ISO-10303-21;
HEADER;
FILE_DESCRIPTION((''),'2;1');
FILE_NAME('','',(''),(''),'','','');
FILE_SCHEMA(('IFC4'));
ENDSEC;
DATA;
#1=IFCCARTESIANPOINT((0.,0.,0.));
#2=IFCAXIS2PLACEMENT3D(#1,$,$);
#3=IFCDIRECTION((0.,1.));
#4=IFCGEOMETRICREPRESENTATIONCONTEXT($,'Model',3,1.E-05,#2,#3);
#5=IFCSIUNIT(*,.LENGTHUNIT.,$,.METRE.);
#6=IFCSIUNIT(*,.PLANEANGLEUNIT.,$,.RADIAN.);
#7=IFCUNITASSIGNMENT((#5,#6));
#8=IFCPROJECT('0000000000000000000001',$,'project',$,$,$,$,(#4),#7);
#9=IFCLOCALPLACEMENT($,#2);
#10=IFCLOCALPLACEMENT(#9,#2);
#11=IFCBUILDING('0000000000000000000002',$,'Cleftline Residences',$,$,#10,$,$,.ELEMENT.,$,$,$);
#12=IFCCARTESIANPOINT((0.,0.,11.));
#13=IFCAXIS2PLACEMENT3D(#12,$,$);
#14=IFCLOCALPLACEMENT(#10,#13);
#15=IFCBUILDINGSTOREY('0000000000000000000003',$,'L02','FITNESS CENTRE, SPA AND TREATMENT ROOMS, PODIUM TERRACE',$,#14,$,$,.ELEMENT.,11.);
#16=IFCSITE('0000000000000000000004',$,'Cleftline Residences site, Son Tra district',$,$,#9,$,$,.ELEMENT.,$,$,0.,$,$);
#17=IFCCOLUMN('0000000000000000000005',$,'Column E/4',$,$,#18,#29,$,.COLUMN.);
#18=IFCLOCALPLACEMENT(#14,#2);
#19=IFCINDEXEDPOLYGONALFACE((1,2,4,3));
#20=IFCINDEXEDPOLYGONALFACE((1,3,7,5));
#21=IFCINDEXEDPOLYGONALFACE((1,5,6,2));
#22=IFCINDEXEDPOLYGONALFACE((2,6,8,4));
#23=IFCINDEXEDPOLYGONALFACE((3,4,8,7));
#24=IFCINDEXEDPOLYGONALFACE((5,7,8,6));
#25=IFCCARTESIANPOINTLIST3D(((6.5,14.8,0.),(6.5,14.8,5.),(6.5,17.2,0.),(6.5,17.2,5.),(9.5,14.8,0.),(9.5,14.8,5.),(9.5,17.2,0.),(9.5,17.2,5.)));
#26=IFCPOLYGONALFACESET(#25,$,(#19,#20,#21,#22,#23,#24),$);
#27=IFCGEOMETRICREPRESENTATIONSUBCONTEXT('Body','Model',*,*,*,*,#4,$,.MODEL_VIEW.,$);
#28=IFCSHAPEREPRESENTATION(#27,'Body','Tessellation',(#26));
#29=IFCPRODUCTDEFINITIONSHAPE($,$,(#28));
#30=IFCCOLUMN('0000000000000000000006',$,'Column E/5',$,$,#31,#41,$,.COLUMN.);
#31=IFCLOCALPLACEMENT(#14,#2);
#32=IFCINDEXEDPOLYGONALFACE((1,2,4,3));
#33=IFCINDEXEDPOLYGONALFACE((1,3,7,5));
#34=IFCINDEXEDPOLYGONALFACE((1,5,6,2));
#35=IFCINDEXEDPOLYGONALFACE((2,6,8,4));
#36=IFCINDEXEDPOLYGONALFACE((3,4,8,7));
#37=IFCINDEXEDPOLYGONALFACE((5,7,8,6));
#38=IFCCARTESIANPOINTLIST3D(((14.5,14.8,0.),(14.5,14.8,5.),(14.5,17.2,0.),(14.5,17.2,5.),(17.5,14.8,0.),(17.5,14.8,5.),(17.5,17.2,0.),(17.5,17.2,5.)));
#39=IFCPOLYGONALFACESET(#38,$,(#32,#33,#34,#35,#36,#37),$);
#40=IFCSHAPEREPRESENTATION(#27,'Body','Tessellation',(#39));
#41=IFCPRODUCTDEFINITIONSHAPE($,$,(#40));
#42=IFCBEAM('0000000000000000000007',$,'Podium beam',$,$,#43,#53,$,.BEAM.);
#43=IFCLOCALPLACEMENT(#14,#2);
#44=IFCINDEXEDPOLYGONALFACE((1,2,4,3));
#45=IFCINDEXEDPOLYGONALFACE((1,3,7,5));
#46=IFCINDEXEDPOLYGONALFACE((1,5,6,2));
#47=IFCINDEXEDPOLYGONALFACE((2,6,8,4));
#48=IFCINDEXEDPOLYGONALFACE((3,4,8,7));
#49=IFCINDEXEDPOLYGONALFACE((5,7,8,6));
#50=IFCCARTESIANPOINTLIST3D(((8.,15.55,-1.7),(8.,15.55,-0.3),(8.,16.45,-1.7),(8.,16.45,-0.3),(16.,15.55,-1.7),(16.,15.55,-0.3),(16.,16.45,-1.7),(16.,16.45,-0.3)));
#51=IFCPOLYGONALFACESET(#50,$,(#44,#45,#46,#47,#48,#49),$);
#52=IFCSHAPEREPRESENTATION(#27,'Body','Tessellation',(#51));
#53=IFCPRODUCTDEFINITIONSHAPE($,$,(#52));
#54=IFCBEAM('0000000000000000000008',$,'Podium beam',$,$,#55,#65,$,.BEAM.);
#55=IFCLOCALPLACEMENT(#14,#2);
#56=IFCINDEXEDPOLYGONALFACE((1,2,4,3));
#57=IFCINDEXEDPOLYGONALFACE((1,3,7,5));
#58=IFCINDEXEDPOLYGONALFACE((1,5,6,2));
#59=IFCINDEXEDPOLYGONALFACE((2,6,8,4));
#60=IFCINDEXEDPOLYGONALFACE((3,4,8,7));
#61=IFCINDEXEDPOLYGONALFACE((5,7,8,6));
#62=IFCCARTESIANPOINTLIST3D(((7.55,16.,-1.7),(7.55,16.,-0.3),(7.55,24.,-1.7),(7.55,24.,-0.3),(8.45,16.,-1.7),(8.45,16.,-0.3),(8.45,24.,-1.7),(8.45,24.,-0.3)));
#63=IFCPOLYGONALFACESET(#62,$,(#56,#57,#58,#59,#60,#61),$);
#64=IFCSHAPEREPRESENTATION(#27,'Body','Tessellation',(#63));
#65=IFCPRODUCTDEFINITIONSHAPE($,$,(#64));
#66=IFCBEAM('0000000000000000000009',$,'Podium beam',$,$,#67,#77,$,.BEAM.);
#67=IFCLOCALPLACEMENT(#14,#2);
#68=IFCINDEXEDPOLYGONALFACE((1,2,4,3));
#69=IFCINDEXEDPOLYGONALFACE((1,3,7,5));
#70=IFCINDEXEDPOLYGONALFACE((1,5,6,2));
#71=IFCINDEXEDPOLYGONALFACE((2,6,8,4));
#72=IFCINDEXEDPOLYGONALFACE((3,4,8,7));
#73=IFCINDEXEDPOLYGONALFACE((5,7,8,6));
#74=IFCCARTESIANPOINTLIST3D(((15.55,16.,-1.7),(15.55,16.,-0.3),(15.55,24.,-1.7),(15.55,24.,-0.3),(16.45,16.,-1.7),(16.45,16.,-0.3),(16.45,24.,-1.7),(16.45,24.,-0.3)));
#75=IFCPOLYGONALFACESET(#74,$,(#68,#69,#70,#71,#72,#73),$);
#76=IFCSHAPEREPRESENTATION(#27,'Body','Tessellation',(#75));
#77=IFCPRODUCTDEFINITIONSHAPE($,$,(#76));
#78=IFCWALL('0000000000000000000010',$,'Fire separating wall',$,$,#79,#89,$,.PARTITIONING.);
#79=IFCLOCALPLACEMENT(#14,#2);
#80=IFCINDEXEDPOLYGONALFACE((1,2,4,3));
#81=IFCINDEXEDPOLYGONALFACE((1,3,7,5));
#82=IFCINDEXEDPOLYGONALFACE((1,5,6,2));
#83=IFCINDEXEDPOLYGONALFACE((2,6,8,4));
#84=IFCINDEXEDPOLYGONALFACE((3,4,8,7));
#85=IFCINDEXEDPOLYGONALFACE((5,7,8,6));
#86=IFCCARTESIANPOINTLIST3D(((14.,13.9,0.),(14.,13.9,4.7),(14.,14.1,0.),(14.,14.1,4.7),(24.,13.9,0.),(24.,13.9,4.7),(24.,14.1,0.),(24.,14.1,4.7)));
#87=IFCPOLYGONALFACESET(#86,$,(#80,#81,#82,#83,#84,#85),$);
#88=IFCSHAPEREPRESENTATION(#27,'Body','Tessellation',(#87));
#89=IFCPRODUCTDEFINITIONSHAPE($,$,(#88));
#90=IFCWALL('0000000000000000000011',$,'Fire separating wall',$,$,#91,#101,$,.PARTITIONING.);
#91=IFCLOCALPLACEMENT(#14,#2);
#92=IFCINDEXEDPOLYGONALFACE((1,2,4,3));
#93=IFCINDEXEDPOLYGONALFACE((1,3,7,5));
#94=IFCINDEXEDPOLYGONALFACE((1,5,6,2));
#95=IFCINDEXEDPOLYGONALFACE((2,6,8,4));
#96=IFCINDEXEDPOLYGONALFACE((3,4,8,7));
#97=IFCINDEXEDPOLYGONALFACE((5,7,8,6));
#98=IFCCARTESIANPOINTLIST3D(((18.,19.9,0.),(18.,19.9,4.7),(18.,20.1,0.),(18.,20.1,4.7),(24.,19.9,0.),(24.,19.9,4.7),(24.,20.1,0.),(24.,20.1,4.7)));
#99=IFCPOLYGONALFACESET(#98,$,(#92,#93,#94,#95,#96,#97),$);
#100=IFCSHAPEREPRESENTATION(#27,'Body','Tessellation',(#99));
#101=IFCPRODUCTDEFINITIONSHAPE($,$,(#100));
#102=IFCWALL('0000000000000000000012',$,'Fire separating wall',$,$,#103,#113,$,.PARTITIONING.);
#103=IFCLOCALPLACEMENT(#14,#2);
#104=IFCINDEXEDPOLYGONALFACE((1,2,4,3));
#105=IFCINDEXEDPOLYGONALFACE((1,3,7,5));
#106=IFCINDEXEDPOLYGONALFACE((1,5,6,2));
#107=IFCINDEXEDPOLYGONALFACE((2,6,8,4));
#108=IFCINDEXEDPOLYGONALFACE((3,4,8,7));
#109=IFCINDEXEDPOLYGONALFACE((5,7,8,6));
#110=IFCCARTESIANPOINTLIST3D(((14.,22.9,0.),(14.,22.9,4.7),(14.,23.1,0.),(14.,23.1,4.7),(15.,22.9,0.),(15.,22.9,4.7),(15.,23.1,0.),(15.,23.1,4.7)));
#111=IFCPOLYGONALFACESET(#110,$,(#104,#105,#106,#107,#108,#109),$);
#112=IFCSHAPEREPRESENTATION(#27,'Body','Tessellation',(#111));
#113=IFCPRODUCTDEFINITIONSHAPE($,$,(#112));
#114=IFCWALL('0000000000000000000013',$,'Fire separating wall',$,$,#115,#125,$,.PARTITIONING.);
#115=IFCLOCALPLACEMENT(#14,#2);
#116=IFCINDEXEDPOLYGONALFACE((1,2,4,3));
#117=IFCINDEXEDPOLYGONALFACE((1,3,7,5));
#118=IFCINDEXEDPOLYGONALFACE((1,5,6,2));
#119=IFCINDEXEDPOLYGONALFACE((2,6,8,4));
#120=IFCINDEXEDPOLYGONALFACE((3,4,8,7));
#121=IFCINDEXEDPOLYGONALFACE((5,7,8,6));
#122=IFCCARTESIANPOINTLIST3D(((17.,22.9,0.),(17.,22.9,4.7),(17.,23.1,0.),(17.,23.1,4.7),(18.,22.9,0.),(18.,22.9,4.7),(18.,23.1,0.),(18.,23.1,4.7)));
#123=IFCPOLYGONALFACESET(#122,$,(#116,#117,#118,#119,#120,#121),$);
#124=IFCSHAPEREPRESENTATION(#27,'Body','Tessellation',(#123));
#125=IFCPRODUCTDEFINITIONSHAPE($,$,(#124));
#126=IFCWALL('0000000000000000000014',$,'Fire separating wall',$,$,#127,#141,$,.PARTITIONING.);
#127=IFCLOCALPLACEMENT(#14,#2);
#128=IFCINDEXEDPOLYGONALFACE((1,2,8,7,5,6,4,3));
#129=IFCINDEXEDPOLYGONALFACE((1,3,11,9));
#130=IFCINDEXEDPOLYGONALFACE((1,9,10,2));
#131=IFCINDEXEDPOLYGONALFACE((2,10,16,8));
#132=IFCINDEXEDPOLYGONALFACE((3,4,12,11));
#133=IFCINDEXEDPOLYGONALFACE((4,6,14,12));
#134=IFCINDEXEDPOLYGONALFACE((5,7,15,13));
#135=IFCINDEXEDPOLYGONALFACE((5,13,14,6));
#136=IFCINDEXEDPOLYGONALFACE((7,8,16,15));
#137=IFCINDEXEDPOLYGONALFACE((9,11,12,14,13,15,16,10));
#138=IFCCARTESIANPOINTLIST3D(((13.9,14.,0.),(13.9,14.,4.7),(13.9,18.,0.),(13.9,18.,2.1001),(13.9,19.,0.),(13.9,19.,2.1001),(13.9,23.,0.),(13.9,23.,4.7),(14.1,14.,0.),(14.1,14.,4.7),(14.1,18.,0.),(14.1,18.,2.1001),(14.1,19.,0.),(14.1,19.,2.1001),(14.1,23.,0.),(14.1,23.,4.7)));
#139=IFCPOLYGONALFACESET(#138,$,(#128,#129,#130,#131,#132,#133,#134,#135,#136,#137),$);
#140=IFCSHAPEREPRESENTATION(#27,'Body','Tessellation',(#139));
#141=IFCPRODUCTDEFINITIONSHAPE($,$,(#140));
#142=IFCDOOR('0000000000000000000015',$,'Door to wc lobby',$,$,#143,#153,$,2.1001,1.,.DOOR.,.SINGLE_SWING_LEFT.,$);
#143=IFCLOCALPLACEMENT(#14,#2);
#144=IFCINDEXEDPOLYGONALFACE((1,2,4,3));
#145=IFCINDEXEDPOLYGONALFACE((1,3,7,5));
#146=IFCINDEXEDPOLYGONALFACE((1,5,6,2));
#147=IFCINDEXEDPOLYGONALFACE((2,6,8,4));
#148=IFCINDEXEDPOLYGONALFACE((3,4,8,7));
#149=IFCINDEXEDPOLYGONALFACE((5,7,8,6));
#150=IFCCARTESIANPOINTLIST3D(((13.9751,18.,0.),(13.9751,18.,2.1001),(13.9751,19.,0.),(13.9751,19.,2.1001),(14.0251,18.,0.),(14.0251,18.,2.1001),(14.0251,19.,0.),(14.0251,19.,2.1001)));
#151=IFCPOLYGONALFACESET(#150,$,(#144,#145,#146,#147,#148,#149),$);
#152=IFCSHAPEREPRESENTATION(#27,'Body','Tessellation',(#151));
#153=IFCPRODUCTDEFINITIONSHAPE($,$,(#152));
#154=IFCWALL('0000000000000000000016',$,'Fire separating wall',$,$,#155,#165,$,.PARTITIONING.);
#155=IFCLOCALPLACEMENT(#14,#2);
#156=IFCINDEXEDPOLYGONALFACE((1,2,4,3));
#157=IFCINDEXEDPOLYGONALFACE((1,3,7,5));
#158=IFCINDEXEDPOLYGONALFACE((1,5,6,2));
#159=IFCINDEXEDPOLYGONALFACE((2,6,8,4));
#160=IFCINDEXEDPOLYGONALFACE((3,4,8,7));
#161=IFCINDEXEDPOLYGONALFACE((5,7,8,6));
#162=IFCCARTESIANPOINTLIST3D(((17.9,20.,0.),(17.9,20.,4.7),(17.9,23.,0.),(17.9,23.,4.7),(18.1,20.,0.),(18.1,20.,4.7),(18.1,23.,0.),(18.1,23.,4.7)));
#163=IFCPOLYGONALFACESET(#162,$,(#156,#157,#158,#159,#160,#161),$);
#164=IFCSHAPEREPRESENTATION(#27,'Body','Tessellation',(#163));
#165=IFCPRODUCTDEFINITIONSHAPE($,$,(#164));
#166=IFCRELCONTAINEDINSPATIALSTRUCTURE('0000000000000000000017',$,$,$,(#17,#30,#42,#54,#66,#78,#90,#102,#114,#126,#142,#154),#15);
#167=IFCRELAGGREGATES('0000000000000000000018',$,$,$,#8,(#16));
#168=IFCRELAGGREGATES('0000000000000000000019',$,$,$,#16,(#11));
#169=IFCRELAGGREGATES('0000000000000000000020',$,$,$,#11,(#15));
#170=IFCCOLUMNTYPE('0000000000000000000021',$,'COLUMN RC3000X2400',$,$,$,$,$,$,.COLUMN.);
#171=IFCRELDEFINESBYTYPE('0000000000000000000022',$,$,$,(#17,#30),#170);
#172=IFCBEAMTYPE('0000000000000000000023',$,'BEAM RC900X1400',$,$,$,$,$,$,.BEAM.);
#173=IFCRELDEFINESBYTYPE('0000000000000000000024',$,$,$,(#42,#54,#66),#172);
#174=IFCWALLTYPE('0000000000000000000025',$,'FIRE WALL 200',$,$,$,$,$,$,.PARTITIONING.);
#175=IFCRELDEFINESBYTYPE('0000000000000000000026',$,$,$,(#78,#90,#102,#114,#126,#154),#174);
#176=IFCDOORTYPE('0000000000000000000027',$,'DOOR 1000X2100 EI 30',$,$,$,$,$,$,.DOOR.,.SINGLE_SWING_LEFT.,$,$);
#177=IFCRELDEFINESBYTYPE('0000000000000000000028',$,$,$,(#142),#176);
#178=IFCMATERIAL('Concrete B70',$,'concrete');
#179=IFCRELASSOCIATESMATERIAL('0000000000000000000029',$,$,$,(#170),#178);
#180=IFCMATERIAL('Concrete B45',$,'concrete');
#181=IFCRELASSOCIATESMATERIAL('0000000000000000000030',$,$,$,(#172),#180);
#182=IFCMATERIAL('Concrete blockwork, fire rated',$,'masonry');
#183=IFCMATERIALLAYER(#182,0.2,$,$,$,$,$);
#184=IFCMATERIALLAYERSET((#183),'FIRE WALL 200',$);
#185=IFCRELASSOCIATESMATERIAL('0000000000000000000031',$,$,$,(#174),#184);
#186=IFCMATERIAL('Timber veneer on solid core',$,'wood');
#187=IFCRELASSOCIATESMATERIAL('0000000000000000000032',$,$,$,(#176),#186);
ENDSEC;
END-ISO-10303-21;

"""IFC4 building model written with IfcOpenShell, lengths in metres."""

from ifc_helpers import new_model, si_unit, direction, frame, frame_2d, origin, origin_2d, place, context, subcontext, project, spatial, rectangle, extrude, material, layer, layer_set, material_profile, profile_set, type_object, element, fill, save


model = new_model("IFC4")

# Units and contexts
model_context = context("Model", 3, precision=1e-05, world=origin(), true_north=direction((0.0, 1.0)))
body_context = subcontext(model_context, "Body", "Model", "MODEL_VIEW")
ifc_project = project(units=[si_unit("LENGTHUNIT", "METRE"), si_unit("PLANEANGLEUNIT", "RADIAN")], contexts=[model_context])

# Site, building, storey
site_placement = place(None, origin())
site = spatial("IfcSite", under=ifc_project, at=site_placement, Name="Cleftline Residences site, Son Tra district", CompositionType="ELEMENT", RefElevation=0.0)
building_placement = place(site_placement, origin())
building = spatial("IfcBuilding", under=site, at=building_placement, Name="Cleftline Residences", CompositionType="ELEMENT")
storey_placement = place(building_placement, frame((0.0, 0.0, 11.0)))
storey = spatial("IfcBuildingStorey", under=building, at=storey_placement, Name="L02", Description="FITNESS CENTRE, SPA AND TREATMENT ROOMS, PODIUM TERRACE", CompositionType="ELEMENT", Elevation=11.0)

# Columns
ifc_material_1 = material(Name="Concrete B70", Category="concrete")
ifc_material_profile_1 = material_profile(ifc_material_1, rectangle(XDim=3.0, YDim=2.3999, at=origin_2d()))
ifc_profile_set_1 = profile_set([ifc_material_profile_1], Name="Concrete B70")
column_type = type_object("IfcColumnType", Name="COLUMN RC3000X2400", PredefinedType="COLUMN", material=ifc_profile_set_1)
for number, where, z_axis, x_axis, name in (
    (1, (8.0, 16.0, 0.0), (0.0, 0.0, 1.0), (1.0, 0.0, 0.0), "Column E/4"),
    (2, (16.0, 16.0, 0.0), (0.0, 0.0, 1.0), (1.0, 0.0, 0.0), "Column E/5"),
):
    element("IfcColumn", number, at=place(storey_placement, frame(where, z_axis=z_axis, x_axis=x_axis)), inside=storey, type_object=column_type, Name=name, PredefinedType="COLUMN", context=body_context, shape_type="SweptSolid", body=[
        extrude(rectangle(XDim=3.0, YDim=2.3999, at=origin_2d()), origin(), (0.0, 0.0, 1.0), 5.0),
    ])

# Beams
ifc_material_2 = material(Name="Concrete B45", Category="concrete")
ifc_material_profile_2 = material_profile(ifc_material_2, rectangle(XDim=0.8999, YDim=1.3999, at=origin_2d()))
ifc_profile_set_2 = profile_set([ifc_material_profile_2], Name="Concrete B45")
beam_type = type_object("IfcBeamType", Name="BEAM RC900X1400", PredefinedType="BEAM", material=ifc_profile_set_2)
for number, where, z_axis, x_axis, name in (
    (3, (8.0, 16.0, -1.0), (1.0, 0.0, 0.0), (0.0, 1.0, 0.0), "Podium beam"),
    (4, (8.0, 16.0, -1.0), (0.0, 1.0, 0.0), (-1.0, 0.0, 0.0), "Podium beam"),
    (5, (16.0, 16.0, -1.0), (0.0, 1.0, 0.0), (-1.0, 0.0, 0.0), "Podium beam"),
):
    element("IfcBeam", number, at=place(storey_placement, frame(where, z_axis=z_axis, x_axis=x_axis)), inside=storey, type_object=beam_type, Name=name, PredefinedType="BEAM", context=body_context, shape_type="SweptSolid", body=[
        extrude(rectangle(XDim=0.8999, YDim=1.3999, at=origin_2d()), origin(), (0.0, 0.0, 1.0), 8.0),
    ])

# Walls
ifc_material_3 = material(Name="Concrete blockwork, fire rated", Category="masonry")
ifc_layer_1 = layer(ifc_material_3, 0.2)
ifc_layer_set_1 = layer_set([ifc_layer_1], Name="FIRE WALL 200")
wall_type_1 = type_object("IfcWallType", Name="FIRE WALL 200", PredefinedType="PARTITIONING", material=ifc_layer_set_1)
wall_1_placement = place(storey_placement, frame((14.0, 14.0, 0.0), z_axis=(0.0, 0.0, 1.0), x_axis=(1.0, 0.0, 0.0)))
element("IfcWall", 6, at=wall_1_placement, inside=storey, type_object=wall_type_1, Name="Fire separating wall", PredefinedType="PARTITIONING", context=body_context, shape_type="SweptSolid", body=[
    extrude(rectangle(XDim=10.0, YDim=0.2, at=frame_2d((5.0, 0.0))), origin(), (0.0, 0.0, 1.0), 4.7),
])
wall_2_placement = place(storey_placement, frame((18.0, 20.0, 0.0), z_axis=(0.0, 0.0, 1.0), x_axis=(1.0, 0.0, 0.0)))
element("IfcWall", 7, at=wall_2_placement, inside=storey, type_object=wall_type_1, Name="Fire separating wall", PredefinedType="PARTITIONING", context=body_context, shape_type="SweptSolid", body=[
    extrude(rectangle(XDim=6.0, YDim=0.2, at=frame_2d((3.0, 0.0))), origin(), (0.0, 0.0, 1.0), 4.7),
])
for number, where, z_axis, x_axis, name in (
    (8, (14.0, 23.0, 0.0), (0.0, 0.0, 1.0), (1.0, 0.0, 0.0), "Fire separating wall"),
    (9, (17.0, 23.0, 0.0), (0.0, 0.0, 1.0), (1.0, 0.0, 0.0), "Fire separating wall"),
):
    element("IfcWall", number, at=place(storey_placement, frame(where, z_axis=z_axis, x_axis=x_axis)), inside=storey, type_object=wall_type_1, Name=name, PredefinedType="PARTITIONING", context=body_context, shape_type="SweptSolid", body=[
        extrude(rectangle(XDim=1.0, YDim=0.2, at=frame_2d((0.5, 0.0))), origin(), (0.0, 0.0, 1.0), 4.7),
    ])

# Wall, opening, door
wall_3_placement = place(storey_placement, frame((14.0, 14.0, 0.0), z_axis=(0.0, 0.0, 1.0), x_axis=(0.0, 1.0, 0.0)))
wall_3 = element("IfcWall", 10, at=wall_3_placement, inside=storey, type_object=wall_type_1, Name="Fire separating wall", PredefinedType="PARTITIONING", context=body_context, shape_type="SweptSolid", body=[
    extrude(rectangle(XDim=9.0, YDim=0.2, at=frame_2d((4.5, 0.0))), origin(), (0.0, 0.0, 1.0), 4.7),
])
opening_1_placement = place(wall_3_placement, frame((4.0, 0.0, 0.0)))
opening_1 = element("IfcOpeningElement", 11, at=opening_1_placement, cuts=wall_3, PredefinedType="OPENING", context=body_context, shape_type="SweptSolid", body=[
    extrude(rectangle(XDim=1.0, YDim=2.1001, at=frame_2d((0.5, 1.05))), frame((0.0, 0.1099, 0.0), z_axis=(0.0, -1.0, 0.0), x_axis=(1.0, 0.0, 0.0)), (0.0, 0.0, 1.0), 0.22),
])
ifc_material_4 = material(Name="Timber veneer on solid core", Category="wood")
door_type_1 = type_object("IfcDoorType", Name="DOOR 1000X2100 EI 30", OperationType="SINGLE_SWING_LEFT", PredefinedType="DOOR", material=ifc_material_4)
door_1_placement = place(opening_1_placement, origin())
door_1 = element("IfcDoor", 12, at=door_1_placement, inside=storey, type_object=door_type_1, Name="Door to wc lobby", OperationType="SINGLE_SWING_LEFT", OverallHeight=2.1001, OverallWidth=1.0, PredefinedType="DOOR", context=body_context, shape_type="SweptSolid", body=[
    extrude(rectangle(XDim=1.0, YDim=2.1001, at=frame_2d((0.5, 1.05))), frame((0.0, 0.0249, 0.0), z_axis=(0.0, -1.0, 0.0), x_axis=(1.0, 0.0, 0.0)), (0.0, 0.0, 1.0), 0.05),
])
fill(opening_1, door_1)

# Wall
wall_4_placement = place(storey_placement, frame((18.0, 20.0, 0.0), z_axis=(0.0, 0.0, 1.0), x_axis=(0.0, 1.0, 0.0)))
element("IfcWall", 13, at=wall_4_placement, inside=storey, type_object=wall_type_1, Name="Fire separating wall", PredefinedType="PARTITIONING", context=body_context, shape_type="SweptSolid", body=[
    extrude(rectangle(XDim=3.0, YDim=0.2, at=frame_2d((1.5, 0.0))), origin(), (0.0, 0.0, 1.0), 4.7),
])

save(model, "model.ifc")
